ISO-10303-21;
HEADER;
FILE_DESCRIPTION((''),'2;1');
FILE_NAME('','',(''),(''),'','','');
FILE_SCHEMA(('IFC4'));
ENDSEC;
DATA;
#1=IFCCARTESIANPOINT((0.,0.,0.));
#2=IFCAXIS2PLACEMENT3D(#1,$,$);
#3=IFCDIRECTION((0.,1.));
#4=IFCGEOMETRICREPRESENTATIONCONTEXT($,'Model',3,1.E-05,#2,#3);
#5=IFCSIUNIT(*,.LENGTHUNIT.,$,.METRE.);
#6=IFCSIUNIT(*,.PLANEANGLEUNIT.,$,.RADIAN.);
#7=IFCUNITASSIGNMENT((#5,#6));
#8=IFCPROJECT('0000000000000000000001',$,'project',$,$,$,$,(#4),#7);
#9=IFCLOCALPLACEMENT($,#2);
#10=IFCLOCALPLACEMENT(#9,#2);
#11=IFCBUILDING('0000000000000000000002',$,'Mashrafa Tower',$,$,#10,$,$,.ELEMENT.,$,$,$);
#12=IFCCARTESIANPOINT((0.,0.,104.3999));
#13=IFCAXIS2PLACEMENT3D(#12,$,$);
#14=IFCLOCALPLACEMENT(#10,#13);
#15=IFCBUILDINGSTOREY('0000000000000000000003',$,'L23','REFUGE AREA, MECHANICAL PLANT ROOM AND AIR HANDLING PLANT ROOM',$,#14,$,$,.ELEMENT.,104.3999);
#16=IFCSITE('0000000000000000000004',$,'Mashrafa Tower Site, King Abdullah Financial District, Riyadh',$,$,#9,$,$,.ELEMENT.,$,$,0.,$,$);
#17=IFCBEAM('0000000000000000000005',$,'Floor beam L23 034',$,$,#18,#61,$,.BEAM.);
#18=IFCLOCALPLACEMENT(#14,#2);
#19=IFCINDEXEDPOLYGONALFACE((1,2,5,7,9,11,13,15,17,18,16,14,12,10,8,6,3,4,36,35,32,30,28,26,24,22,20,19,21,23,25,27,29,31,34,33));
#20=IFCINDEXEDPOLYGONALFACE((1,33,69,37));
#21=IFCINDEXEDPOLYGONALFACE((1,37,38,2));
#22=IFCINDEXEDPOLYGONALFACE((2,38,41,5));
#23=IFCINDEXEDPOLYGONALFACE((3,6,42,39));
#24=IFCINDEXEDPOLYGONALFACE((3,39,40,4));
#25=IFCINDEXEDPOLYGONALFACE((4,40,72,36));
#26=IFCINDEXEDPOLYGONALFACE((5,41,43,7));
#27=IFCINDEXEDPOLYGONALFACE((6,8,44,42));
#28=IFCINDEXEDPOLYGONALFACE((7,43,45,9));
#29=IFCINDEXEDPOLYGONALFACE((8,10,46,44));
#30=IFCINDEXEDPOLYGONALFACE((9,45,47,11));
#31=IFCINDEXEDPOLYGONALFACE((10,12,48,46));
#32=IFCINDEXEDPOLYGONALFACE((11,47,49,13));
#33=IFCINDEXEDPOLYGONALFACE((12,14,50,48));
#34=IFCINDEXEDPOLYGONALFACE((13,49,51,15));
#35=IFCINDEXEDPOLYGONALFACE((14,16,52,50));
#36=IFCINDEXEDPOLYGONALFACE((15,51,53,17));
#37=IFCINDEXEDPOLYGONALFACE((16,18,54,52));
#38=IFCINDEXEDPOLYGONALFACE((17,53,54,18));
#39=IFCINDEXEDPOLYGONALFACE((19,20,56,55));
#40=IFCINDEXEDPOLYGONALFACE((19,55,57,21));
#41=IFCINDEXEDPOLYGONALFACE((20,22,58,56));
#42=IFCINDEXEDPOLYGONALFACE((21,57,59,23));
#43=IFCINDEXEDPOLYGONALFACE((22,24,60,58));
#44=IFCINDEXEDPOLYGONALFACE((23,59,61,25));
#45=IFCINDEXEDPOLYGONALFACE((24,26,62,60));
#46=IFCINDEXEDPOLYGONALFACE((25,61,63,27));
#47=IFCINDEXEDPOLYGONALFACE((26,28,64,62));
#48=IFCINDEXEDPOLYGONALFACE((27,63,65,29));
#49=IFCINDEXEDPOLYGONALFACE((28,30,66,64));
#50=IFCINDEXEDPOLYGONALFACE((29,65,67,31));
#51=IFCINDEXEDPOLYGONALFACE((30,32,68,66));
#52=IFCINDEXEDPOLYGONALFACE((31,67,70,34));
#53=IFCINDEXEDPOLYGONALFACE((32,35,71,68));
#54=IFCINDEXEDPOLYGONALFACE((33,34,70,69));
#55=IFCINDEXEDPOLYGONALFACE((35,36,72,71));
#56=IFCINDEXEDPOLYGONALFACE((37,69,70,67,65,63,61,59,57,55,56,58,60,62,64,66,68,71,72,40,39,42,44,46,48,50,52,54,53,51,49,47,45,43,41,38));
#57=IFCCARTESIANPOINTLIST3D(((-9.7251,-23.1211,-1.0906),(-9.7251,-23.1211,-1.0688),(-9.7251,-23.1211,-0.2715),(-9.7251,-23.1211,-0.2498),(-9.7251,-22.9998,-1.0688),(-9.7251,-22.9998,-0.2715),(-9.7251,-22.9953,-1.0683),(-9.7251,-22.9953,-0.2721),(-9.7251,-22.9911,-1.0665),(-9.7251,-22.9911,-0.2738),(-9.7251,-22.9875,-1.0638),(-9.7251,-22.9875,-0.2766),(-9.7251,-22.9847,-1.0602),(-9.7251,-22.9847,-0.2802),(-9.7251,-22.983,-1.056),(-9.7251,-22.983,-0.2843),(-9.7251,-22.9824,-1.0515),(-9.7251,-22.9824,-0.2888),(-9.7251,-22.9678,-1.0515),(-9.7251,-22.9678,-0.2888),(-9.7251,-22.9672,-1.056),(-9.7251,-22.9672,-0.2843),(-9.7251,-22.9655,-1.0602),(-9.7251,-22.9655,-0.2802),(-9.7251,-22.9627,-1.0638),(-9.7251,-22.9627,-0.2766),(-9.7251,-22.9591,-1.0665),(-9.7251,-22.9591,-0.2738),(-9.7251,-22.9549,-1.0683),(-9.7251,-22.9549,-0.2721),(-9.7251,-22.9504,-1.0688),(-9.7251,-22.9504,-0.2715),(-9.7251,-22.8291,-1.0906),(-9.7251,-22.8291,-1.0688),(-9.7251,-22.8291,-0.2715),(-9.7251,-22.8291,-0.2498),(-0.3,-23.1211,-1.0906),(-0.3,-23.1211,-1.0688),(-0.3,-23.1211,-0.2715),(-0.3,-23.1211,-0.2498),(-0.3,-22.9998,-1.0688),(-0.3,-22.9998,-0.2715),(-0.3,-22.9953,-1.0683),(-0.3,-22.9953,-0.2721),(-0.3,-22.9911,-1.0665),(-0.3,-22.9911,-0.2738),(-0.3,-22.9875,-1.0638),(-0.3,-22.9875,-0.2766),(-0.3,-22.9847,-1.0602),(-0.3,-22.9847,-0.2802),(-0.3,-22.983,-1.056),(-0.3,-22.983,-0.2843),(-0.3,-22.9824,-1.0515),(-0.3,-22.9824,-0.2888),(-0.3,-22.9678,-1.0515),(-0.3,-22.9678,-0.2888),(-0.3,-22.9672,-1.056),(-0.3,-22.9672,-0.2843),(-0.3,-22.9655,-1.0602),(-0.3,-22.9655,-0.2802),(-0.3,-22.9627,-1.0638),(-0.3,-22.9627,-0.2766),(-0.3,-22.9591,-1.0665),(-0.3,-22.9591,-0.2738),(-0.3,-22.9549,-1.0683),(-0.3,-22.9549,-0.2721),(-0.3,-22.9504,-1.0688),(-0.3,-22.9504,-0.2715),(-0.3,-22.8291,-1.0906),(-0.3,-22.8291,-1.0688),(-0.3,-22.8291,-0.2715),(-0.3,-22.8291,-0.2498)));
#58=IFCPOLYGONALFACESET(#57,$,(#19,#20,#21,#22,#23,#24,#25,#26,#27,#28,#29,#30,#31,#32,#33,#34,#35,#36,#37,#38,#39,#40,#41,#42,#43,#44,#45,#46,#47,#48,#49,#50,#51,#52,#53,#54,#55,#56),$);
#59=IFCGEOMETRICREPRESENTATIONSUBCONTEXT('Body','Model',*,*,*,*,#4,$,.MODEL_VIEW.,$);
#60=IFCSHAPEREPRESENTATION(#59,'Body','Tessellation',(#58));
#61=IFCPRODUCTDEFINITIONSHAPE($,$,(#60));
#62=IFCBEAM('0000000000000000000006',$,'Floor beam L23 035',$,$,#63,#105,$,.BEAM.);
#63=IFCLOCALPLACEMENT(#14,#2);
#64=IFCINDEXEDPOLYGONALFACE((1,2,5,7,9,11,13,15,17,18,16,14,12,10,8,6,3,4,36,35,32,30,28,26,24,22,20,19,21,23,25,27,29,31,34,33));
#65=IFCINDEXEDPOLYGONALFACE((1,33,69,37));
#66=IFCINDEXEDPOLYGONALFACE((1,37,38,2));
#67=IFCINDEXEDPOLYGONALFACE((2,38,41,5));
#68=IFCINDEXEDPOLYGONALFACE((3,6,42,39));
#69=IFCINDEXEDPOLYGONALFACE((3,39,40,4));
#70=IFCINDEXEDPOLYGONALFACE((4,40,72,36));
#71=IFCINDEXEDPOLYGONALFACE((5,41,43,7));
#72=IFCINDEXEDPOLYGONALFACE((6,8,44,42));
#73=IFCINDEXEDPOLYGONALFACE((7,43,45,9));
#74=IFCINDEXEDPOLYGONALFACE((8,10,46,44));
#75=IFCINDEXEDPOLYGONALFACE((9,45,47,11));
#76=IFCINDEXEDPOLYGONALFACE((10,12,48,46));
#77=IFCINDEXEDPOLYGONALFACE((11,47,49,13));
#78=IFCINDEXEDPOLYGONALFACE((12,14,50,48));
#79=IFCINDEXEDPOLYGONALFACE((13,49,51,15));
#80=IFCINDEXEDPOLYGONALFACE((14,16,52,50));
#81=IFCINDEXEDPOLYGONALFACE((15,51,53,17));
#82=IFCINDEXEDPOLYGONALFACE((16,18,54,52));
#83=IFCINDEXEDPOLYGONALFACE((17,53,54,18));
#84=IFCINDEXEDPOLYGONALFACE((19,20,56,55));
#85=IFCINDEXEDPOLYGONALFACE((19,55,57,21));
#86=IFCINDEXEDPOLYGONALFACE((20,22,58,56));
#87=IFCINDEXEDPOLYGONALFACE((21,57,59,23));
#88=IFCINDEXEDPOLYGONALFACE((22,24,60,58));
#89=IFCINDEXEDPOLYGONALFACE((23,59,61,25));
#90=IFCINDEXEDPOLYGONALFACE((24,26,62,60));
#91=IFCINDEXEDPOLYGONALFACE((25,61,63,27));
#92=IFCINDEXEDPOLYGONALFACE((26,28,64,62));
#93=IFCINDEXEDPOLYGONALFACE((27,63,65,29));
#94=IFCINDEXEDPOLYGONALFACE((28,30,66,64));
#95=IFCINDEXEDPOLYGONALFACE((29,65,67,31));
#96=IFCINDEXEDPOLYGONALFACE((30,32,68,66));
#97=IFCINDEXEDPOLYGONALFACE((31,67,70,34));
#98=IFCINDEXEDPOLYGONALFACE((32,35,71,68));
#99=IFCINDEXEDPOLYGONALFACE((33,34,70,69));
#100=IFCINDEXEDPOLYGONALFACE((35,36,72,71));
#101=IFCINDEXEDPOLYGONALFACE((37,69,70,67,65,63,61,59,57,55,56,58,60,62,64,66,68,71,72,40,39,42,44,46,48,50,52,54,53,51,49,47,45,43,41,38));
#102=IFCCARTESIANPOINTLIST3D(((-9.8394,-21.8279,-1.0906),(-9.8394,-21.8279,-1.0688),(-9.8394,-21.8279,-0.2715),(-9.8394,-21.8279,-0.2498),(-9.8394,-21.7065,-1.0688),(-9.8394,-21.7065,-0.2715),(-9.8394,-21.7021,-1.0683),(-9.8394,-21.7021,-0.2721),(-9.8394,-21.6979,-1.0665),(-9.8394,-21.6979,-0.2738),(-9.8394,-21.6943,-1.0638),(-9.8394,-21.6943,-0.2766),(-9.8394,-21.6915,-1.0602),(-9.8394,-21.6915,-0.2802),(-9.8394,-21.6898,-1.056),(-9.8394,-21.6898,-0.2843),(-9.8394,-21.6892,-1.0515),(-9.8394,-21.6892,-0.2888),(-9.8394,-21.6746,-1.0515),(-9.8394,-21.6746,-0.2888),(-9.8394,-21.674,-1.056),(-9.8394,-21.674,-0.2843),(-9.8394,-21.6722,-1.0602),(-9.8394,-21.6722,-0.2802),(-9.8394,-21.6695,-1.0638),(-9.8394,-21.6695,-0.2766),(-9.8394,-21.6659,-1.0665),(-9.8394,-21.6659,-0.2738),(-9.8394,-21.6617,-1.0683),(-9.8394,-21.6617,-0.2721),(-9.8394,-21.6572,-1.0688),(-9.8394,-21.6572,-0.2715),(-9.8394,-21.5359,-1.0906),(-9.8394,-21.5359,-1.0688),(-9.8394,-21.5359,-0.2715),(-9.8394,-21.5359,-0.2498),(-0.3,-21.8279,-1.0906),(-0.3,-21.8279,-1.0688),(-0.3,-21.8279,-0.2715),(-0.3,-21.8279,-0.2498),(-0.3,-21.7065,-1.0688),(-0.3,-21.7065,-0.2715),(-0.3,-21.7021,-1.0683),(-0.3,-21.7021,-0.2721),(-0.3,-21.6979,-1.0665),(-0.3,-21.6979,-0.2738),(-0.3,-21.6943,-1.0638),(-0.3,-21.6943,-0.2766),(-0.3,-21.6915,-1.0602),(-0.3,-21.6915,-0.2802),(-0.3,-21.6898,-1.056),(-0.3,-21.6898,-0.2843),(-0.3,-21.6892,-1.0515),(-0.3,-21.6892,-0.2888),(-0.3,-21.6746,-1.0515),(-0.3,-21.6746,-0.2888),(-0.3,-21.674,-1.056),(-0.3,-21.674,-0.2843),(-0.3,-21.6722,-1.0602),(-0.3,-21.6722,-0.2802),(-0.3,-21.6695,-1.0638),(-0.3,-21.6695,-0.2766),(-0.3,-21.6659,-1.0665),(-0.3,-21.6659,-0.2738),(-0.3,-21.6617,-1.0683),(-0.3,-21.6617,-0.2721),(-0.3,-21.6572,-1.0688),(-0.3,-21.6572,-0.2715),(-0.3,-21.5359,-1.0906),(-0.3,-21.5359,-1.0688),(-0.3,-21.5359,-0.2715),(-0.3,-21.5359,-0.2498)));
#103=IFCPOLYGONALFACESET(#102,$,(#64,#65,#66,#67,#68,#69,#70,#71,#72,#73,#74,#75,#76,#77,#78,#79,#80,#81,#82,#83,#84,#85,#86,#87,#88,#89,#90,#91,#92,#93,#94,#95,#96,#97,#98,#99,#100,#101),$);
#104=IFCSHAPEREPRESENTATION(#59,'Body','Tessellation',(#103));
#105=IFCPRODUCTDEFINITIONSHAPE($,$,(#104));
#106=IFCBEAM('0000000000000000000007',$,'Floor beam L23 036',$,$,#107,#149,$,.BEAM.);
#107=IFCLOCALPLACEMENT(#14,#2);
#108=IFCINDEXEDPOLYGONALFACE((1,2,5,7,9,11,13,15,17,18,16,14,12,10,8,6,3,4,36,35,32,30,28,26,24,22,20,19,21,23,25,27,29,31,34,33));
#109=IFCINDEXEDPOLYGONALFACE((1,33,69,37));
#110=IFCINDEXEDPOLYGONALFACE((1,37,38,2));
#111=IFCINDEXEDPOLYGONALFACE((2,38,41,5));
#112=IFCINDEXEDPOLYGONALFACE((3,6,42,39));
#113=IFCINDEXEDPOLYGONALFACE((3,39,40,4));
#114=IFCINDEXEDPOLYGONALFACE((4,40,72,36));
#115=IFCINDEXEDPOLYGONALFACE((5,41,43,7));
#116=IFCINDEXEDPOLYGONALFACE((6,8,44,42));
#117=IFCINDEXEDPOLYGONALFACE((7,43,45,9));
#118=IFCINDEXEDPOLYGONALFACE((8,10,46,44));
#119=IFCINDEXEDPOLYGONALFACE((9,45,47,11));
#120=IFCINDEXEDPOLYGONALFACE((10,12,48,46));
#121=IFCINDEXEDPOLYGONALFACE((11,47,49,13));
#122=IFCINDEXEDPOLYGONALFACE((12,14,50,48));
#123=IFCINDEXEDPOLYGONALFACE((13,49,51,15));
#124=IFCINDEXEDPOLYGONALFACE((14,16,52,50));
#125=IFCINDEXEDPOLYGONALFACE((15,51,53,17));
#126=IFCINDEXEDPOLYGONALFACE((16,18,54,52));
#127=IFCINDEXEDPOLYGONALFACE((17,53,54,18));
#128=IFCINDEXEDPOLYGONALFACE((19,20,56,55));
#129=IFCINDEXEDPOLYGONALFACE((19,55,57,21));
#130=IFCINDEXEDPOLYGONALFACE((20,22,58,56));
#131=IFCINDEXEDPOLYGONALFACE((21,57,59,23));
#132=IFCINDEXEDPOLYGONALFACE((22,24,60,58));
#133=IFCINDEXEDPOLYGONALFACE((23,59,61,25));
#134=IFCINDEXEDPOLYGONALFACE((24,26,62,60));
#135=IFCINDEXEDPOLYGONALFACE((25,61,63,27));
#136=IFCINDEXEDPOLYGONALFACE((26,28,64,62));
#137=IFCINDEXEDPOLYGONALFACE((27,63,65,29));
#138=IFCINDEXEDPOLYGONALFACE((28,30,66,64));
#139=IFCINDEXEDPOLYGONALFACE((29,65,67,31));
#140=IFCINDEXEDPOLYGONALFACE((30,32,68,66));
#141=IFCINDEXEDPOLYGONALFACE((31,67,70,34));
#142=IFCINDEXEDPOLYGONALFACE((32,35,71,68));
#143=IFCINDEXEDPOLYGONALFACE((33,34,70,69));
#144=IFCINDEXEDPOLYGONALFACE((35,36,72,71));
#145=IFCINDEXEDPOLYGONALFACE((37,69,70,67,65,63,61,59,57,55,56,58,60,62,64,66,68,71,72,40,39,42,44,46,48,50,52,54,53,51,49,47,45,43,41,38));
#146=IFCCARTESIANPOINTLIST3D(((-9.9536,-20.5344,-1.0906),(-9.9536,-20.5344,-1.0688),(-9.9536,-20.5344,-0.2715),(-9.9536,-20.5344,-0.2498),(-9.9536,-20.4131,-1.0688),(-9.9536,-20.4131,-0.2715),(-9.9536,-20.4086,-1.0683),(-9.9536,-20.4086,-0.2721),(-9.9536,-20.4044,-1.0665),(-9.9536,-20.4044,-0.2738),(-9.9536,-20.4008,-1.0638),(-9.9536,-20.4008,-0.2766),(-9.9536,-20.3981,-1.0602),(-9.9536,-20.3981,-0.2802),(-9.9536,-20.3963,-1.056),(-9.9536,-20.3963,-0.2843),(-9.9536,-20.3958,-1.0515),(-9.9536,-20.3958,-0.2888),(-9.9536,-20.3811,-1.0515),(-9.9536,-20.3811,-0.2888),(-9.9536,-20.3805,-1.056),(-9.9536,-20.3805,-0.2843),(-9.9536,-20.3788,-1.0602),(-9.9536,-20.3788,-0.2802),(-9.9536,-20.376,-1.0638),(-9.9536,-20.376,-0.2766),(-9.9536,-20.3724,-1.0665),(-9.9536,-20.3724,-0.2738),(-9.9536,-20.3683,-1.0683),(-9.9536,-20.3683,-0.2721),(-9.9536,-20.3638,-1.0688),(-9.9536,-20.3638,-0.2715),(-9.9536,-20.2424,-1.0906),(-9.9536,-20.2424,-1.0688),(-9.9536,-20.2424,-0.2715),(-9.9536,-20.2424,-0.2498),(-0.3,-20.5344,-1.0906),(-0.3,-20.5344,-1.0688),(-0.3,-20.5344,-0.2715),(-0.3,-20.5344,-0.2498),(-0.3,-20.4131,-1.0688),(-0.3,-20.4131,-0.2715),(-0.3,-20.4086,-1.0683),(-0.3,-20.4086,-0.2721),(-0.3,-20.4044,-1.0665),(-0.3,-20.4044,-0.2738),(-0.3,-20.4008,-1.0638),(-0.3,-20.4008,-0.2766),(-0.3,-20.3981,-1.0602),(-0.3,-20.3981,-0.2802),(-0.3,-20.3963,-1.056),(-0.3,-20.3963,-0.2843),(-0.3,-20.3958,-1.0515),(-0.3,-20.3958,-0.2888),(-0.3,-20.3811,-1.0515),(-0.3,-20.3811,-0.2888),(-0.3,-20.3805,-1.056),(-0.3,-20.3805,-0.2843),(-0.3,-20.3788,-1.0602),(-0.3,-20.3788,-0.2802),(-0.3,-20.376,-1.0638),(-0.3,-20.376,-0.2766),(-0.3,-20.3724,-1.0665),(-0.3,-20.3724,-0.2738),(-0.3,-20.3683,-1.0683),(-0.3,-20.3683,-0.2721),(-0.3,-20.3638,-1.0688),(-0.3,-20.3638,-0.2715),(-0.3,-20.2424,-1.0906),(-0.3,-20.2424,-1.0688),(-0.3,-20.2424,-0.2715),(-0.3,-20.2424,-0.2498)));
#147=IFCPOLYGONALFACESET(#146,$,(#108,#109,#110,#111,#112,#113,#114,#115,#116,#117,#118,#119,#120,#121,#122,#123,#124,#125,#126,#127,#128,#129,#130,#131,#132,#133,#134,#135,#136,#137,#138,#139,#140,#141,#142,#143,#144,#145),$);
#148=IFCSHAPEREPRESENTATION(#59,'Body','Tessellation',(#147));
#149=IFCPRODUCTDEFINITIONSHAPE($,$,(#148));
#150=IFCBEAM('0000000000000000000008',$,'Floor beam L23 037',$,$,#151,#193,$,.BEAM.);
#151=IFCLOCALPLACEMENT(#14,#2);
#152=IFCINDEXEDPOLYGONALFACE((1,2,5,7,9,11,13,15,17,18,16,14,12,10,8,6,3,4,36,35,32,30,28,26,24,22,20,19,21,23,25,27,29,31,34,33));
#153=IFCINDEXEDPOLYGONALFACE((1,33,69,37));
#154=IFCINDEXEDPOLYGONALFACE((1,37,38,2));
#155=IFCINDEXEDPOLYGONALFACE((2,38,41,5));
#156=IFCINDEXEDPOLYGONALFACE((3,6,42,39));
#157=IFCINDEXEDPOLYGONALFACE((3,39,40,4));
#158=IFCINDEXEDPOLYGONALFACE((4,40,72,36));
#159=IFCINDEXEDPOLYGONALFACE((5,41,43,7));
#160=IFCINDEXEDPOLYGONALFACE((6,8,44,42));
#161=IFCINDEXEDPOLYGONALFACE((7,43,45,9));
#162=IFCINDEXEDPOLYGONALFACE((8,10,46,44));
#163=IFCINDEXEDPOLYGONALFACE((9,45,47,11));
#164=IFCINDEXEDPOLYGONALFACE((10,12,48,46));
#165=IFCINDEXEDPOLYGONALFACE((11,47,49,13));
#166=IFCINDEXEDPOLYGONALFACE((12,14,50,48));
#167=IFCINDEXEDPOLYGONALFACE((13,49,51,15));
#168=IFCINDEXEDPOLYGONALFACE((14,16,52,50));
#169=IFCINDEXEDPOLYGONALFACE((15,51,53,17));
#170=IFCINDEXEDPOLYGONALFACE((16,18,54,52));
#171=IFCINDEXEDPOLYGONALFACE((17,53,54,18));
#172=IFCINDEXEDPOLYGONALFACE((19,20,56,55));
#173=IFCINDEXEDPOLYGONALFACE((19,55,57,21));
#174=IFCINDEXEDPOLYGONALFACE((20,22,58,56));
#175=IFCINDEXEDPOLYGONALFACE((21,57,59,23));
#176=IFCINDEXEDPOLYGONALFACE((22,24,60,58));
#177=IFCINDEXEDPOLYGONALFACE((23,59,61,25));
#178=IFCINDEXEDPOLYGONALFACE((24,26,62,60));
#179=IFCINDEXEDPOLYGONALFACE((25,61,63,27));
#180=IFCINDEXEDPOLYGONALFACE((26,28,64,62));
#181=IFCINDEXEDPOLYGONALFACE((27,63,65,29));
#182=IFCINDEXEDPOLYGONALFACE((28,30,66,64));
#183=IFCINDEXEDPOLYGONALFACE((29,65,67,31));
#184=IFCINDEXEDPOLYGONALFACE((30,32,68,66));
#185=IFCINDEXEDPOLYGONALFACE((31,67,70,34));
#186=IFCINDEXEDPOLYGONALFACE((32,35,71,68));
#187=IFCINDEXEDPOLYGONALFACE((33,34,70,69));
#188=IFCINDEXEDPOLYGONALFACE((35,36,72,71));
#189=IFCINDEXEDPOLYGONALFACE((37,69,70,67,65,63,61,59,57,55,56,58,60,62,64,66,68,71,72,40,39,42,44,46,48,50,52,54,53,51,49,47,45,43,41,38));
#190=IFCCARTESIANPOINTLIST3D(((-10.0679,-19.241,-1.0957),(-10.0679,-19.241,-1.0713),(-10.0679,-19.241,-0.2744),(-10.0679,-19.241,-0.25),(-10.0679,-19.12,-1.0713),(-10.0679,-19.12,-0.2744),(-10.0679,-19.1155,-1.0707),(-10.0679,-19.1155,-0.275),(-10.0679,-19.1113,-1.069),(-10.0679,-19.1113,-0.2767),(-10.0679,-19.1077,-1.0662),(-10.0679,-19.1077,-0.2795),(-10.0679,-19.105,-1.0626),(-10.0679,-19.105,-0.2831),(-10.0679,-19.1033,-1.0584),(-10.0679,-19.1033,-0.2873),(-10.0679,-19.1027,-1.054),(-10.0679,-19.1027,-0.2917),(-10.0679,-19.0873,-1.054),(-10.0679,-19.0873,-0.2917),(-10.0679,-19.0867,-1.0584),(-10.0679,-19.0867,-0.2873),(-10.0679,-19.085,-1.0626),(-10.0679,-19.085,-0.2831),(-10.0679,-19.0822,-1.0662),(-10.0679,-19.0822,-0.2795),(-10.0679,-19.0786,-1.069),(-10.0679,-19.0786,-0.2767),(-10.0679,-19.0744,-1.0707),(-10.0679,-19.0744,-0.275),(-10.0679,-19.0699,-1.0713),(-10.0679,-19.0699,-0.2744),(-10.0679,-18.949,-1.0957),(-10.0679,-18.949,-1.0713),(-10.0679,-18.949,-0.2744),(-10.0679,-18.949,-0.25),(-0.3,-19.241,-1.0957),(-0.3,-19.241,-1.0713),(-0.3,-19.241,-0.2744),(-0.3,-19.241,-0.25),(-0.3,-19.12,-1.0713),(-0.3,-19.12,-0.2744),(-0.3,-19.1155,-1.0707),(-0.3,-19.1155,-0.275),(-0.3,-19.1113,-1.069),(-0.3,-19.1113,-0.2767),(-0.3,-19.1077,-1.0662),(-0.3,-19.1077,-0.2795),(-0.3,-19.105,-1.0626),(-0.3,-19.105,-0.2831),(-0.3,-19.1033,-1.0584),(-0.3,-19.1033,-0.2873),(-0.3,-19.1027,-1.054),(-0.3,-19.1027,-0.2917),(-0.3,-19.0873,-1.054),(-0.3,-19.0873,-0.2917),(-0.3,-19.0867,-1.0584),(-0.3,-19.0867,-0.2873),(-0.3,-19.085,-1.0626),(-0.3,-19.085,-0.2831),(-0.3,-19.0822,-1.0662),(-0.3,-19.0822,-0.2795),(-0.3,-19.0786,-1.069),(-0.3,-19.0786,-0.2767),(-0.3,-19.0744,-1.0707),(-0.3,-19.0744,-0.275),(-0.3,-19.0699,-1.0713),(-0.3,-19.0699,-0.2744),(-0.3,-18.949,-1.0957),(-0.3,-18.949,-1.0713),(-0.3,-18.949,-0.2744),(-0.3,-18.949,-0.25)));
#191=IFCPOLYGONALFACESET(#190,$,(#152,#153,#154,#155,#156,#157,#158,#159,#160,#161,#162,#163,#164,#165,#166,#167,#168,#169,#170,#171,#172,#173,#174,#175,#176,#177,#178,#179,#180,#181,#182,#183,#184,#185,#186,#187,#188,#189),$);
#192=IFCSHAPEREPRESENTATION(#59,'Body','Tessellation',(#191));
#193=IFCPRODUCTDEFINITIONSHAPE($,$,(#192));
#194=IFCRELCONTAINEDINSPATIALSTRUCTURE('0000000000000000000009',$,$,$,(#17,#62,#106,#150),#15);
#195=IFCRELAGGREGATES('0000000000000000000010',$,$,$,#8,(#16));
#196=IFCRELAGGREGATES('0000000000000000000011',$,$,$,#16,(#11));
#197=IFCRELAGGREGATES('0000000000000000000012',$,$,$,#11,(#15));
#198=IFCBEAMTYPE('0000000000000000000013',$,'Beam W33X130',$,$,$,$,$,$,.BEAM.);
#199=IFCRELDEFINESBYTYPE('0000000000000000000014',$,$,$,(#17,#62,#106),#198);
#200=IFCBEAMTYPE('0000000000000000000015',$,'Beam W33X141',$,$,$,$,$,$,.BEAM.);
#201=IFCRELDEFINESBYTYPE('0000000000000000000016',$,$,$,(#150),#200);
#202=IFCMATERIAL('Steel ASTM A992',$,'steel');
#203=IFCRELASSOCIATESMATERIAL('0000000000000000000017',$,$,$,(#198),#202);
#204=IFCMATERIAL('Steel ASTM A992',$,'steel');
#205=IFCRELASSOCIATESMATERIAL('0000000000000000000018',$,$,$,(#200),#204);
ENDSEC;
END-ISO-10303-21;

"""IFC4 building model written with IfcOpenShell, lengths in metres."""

from ifc_helpers import new_model, si_unit, direction, frame, origin, origin_2d, place, context, subcontext, project, spatial, i_section, extrude, material, material_profile, profile_set, type_object, element, save


model = new_model("IFC4")

# Units and contexts
model_context = context("Model", 3, precision=1e-05, world=origin(), true_north=direction((0.0, 1.0)))
body_context = subcontext(model_context, "Body", "Model", "MODEL_VIEW")
ifc_project = project(units=[si_unit("LENGTHUNIT", "METRE"), si_unit("PLANEANGLEUNIT", "RADIAN")], contexts=[model_context])

# Site, building, storey
site_placement = place(None, origin())
site = spatial("IfcSite", under=ifc_project, at=site_placement, Name="Mashrafa Tower Site, King Abdullah Financial District, Riyadh", CompositionType="ELEMENT", RefElevation=0.0)
building_placement = place(site_placement, origin())
building = spatial("IfcBuilding", under=site, at=building_placement, Name="Mashrafa Tower", CompositionType="ELEMENT")
storey_placement = place(building_placement, frame((0.0, 0.0, 104.3999)))
storey = spatial("IfcBuildingStorey", under=building, at=storey_placement, Name="L23", Description="REFUGE AREA, MECHANICAL PLANT ROOM AND AIR HANDLING PLANT ROOM", CompositionType="ELEMENT", Elevation=104.3999)

# Beams
ifc_material_1 = material(Name="Steel ASTM A992", Category="steel")
ifc_material_profile_1 = material_profile(ifc_material_1, i_section(OverallWidth=0.292, OverallDepth=0.8408, WebThickness=0.0146, FlangeThickness=0.0217, FilletRadius=0.0173, at=origin_2d()), Name="W33X130")
ifc_profile_set_1 = profile_set([ifc_material_profile_1], Name="Steel ASTM A992")
beam_type_1 = type_object("IfcBeamType", Name="Beam W33X130", PredefinedType="BEAM", material=ifc_profile_set_1)
beam_1_placement = place(storey_placement, frame((-0.3, -22.9751, -0.6702), z_axis=(-1.0, 0.0, 0.0), x_axis=(0.0, -1.0, 0.0)))
element("IfcBeam", 1, at=beam_1_placement, inside=storey, type_object=beam_type_1, Name="Floor beam L23 034", PredefinedType="BEAM", context=body_context, shape_type="SweptSolid", body=[
    extrude(i_section(OverallWidth=0.292, OverallDepth=0.8408, WebThickness=0.0146, FlangeThickness=0.0217, FilletRadius=0.0173, at=origin_2d()), origin(), (0.0, 0.0, 1.0), 9.425),
])
beam_2_placement = place(storey_placement, frame((-0.3, -21.6819, -0.6702), z_axis=(-1.0, 0.0, 0.0), x_axis=(0.0, -1.0, 0.0)))
element("IfcBeam", 2, at=beam_2_placement, inside=storey, type_object=beam_type_1, Name="Floor beam L23 035", PredefinedType="BEAM", context=body_context, shape_type="SweptSolid", body=[
    extrude(i_section(OverallWidth=0.292, OverallDepth=0.8408, WebThickness=0.0146, FlangeThickness=0.0217, FilletRadius=0.0173, at=origin_2d()), origin(), (0.0, 0.0, 1.0), 9.5393),
])
beam_3_placement = place(storey_placement, frame((-0.3, -20.3884, -0.6702), z_axis=(-1.0, 0.0, 0.0), x_axis=(0.0, -1.0, 0.0)))
element("IfcBeam", 3, at=beam_3_placement, inside=storey, type_object=beam_type_1, Name="Floor beam L23 036", PredefinedType="BEAM", context=body_context, shape_type="SweptSolid", body=[
    extrude(i_section(OverallWidth=0.292, OverallDepth=0.8408, WebThickness=0.0146, FlangeThickness=0.0217, FilletRadius=0.0173, at=origin_2d()), origin(), (0.0, 0.0, 1.0), 9.6536),
])
ifc_material_2 = material(Name="Steel ASTM A992", Category="steel")
ifc_material_profile_2 = material_profile(ifc_material_2, i_section(OverallWidth=0.292, OverallDepth=0.8457, WebThickness=0.0154, FlangeThickness=0.0244, FilletRadius=0.0173, at=origin_2d()), Name="W33X141")
ifc_profile_set_2 = profile_set([ifc_material_profile_2], Name="Steel ASTM A992")
beam_type_2 = type_object("IfcBeamType", Name="Beam W33X141", PredefinedType="BEAM", material=ifc_profile_set_2)
beam_4_placement = place(storey_placement, frame((-0.3, -19.095, -0.6729), z_axis=(-1.0, 0.0, 0.0), x_axis=(0.0, -1.0, 0.0)))
element("IfcBeam", 4, at=beam_4_placement, inside=storey, type_object=beam_type_2, Name="Floor beam L23 037", PredefinedType="BEAM", context=body_context, shape_type="SweptSolid", body=[
    extrude(i_section(OverallWidth=0.292, OverallDepth=0.8457, WebThickness=0.0154, FlangeThickness=0.0244, FilletRadius=0.0173, at=origin_2d()), origin(), (0.0, 0.0, 1.0), 9.7678),
])

save(model, "model.ifc")
